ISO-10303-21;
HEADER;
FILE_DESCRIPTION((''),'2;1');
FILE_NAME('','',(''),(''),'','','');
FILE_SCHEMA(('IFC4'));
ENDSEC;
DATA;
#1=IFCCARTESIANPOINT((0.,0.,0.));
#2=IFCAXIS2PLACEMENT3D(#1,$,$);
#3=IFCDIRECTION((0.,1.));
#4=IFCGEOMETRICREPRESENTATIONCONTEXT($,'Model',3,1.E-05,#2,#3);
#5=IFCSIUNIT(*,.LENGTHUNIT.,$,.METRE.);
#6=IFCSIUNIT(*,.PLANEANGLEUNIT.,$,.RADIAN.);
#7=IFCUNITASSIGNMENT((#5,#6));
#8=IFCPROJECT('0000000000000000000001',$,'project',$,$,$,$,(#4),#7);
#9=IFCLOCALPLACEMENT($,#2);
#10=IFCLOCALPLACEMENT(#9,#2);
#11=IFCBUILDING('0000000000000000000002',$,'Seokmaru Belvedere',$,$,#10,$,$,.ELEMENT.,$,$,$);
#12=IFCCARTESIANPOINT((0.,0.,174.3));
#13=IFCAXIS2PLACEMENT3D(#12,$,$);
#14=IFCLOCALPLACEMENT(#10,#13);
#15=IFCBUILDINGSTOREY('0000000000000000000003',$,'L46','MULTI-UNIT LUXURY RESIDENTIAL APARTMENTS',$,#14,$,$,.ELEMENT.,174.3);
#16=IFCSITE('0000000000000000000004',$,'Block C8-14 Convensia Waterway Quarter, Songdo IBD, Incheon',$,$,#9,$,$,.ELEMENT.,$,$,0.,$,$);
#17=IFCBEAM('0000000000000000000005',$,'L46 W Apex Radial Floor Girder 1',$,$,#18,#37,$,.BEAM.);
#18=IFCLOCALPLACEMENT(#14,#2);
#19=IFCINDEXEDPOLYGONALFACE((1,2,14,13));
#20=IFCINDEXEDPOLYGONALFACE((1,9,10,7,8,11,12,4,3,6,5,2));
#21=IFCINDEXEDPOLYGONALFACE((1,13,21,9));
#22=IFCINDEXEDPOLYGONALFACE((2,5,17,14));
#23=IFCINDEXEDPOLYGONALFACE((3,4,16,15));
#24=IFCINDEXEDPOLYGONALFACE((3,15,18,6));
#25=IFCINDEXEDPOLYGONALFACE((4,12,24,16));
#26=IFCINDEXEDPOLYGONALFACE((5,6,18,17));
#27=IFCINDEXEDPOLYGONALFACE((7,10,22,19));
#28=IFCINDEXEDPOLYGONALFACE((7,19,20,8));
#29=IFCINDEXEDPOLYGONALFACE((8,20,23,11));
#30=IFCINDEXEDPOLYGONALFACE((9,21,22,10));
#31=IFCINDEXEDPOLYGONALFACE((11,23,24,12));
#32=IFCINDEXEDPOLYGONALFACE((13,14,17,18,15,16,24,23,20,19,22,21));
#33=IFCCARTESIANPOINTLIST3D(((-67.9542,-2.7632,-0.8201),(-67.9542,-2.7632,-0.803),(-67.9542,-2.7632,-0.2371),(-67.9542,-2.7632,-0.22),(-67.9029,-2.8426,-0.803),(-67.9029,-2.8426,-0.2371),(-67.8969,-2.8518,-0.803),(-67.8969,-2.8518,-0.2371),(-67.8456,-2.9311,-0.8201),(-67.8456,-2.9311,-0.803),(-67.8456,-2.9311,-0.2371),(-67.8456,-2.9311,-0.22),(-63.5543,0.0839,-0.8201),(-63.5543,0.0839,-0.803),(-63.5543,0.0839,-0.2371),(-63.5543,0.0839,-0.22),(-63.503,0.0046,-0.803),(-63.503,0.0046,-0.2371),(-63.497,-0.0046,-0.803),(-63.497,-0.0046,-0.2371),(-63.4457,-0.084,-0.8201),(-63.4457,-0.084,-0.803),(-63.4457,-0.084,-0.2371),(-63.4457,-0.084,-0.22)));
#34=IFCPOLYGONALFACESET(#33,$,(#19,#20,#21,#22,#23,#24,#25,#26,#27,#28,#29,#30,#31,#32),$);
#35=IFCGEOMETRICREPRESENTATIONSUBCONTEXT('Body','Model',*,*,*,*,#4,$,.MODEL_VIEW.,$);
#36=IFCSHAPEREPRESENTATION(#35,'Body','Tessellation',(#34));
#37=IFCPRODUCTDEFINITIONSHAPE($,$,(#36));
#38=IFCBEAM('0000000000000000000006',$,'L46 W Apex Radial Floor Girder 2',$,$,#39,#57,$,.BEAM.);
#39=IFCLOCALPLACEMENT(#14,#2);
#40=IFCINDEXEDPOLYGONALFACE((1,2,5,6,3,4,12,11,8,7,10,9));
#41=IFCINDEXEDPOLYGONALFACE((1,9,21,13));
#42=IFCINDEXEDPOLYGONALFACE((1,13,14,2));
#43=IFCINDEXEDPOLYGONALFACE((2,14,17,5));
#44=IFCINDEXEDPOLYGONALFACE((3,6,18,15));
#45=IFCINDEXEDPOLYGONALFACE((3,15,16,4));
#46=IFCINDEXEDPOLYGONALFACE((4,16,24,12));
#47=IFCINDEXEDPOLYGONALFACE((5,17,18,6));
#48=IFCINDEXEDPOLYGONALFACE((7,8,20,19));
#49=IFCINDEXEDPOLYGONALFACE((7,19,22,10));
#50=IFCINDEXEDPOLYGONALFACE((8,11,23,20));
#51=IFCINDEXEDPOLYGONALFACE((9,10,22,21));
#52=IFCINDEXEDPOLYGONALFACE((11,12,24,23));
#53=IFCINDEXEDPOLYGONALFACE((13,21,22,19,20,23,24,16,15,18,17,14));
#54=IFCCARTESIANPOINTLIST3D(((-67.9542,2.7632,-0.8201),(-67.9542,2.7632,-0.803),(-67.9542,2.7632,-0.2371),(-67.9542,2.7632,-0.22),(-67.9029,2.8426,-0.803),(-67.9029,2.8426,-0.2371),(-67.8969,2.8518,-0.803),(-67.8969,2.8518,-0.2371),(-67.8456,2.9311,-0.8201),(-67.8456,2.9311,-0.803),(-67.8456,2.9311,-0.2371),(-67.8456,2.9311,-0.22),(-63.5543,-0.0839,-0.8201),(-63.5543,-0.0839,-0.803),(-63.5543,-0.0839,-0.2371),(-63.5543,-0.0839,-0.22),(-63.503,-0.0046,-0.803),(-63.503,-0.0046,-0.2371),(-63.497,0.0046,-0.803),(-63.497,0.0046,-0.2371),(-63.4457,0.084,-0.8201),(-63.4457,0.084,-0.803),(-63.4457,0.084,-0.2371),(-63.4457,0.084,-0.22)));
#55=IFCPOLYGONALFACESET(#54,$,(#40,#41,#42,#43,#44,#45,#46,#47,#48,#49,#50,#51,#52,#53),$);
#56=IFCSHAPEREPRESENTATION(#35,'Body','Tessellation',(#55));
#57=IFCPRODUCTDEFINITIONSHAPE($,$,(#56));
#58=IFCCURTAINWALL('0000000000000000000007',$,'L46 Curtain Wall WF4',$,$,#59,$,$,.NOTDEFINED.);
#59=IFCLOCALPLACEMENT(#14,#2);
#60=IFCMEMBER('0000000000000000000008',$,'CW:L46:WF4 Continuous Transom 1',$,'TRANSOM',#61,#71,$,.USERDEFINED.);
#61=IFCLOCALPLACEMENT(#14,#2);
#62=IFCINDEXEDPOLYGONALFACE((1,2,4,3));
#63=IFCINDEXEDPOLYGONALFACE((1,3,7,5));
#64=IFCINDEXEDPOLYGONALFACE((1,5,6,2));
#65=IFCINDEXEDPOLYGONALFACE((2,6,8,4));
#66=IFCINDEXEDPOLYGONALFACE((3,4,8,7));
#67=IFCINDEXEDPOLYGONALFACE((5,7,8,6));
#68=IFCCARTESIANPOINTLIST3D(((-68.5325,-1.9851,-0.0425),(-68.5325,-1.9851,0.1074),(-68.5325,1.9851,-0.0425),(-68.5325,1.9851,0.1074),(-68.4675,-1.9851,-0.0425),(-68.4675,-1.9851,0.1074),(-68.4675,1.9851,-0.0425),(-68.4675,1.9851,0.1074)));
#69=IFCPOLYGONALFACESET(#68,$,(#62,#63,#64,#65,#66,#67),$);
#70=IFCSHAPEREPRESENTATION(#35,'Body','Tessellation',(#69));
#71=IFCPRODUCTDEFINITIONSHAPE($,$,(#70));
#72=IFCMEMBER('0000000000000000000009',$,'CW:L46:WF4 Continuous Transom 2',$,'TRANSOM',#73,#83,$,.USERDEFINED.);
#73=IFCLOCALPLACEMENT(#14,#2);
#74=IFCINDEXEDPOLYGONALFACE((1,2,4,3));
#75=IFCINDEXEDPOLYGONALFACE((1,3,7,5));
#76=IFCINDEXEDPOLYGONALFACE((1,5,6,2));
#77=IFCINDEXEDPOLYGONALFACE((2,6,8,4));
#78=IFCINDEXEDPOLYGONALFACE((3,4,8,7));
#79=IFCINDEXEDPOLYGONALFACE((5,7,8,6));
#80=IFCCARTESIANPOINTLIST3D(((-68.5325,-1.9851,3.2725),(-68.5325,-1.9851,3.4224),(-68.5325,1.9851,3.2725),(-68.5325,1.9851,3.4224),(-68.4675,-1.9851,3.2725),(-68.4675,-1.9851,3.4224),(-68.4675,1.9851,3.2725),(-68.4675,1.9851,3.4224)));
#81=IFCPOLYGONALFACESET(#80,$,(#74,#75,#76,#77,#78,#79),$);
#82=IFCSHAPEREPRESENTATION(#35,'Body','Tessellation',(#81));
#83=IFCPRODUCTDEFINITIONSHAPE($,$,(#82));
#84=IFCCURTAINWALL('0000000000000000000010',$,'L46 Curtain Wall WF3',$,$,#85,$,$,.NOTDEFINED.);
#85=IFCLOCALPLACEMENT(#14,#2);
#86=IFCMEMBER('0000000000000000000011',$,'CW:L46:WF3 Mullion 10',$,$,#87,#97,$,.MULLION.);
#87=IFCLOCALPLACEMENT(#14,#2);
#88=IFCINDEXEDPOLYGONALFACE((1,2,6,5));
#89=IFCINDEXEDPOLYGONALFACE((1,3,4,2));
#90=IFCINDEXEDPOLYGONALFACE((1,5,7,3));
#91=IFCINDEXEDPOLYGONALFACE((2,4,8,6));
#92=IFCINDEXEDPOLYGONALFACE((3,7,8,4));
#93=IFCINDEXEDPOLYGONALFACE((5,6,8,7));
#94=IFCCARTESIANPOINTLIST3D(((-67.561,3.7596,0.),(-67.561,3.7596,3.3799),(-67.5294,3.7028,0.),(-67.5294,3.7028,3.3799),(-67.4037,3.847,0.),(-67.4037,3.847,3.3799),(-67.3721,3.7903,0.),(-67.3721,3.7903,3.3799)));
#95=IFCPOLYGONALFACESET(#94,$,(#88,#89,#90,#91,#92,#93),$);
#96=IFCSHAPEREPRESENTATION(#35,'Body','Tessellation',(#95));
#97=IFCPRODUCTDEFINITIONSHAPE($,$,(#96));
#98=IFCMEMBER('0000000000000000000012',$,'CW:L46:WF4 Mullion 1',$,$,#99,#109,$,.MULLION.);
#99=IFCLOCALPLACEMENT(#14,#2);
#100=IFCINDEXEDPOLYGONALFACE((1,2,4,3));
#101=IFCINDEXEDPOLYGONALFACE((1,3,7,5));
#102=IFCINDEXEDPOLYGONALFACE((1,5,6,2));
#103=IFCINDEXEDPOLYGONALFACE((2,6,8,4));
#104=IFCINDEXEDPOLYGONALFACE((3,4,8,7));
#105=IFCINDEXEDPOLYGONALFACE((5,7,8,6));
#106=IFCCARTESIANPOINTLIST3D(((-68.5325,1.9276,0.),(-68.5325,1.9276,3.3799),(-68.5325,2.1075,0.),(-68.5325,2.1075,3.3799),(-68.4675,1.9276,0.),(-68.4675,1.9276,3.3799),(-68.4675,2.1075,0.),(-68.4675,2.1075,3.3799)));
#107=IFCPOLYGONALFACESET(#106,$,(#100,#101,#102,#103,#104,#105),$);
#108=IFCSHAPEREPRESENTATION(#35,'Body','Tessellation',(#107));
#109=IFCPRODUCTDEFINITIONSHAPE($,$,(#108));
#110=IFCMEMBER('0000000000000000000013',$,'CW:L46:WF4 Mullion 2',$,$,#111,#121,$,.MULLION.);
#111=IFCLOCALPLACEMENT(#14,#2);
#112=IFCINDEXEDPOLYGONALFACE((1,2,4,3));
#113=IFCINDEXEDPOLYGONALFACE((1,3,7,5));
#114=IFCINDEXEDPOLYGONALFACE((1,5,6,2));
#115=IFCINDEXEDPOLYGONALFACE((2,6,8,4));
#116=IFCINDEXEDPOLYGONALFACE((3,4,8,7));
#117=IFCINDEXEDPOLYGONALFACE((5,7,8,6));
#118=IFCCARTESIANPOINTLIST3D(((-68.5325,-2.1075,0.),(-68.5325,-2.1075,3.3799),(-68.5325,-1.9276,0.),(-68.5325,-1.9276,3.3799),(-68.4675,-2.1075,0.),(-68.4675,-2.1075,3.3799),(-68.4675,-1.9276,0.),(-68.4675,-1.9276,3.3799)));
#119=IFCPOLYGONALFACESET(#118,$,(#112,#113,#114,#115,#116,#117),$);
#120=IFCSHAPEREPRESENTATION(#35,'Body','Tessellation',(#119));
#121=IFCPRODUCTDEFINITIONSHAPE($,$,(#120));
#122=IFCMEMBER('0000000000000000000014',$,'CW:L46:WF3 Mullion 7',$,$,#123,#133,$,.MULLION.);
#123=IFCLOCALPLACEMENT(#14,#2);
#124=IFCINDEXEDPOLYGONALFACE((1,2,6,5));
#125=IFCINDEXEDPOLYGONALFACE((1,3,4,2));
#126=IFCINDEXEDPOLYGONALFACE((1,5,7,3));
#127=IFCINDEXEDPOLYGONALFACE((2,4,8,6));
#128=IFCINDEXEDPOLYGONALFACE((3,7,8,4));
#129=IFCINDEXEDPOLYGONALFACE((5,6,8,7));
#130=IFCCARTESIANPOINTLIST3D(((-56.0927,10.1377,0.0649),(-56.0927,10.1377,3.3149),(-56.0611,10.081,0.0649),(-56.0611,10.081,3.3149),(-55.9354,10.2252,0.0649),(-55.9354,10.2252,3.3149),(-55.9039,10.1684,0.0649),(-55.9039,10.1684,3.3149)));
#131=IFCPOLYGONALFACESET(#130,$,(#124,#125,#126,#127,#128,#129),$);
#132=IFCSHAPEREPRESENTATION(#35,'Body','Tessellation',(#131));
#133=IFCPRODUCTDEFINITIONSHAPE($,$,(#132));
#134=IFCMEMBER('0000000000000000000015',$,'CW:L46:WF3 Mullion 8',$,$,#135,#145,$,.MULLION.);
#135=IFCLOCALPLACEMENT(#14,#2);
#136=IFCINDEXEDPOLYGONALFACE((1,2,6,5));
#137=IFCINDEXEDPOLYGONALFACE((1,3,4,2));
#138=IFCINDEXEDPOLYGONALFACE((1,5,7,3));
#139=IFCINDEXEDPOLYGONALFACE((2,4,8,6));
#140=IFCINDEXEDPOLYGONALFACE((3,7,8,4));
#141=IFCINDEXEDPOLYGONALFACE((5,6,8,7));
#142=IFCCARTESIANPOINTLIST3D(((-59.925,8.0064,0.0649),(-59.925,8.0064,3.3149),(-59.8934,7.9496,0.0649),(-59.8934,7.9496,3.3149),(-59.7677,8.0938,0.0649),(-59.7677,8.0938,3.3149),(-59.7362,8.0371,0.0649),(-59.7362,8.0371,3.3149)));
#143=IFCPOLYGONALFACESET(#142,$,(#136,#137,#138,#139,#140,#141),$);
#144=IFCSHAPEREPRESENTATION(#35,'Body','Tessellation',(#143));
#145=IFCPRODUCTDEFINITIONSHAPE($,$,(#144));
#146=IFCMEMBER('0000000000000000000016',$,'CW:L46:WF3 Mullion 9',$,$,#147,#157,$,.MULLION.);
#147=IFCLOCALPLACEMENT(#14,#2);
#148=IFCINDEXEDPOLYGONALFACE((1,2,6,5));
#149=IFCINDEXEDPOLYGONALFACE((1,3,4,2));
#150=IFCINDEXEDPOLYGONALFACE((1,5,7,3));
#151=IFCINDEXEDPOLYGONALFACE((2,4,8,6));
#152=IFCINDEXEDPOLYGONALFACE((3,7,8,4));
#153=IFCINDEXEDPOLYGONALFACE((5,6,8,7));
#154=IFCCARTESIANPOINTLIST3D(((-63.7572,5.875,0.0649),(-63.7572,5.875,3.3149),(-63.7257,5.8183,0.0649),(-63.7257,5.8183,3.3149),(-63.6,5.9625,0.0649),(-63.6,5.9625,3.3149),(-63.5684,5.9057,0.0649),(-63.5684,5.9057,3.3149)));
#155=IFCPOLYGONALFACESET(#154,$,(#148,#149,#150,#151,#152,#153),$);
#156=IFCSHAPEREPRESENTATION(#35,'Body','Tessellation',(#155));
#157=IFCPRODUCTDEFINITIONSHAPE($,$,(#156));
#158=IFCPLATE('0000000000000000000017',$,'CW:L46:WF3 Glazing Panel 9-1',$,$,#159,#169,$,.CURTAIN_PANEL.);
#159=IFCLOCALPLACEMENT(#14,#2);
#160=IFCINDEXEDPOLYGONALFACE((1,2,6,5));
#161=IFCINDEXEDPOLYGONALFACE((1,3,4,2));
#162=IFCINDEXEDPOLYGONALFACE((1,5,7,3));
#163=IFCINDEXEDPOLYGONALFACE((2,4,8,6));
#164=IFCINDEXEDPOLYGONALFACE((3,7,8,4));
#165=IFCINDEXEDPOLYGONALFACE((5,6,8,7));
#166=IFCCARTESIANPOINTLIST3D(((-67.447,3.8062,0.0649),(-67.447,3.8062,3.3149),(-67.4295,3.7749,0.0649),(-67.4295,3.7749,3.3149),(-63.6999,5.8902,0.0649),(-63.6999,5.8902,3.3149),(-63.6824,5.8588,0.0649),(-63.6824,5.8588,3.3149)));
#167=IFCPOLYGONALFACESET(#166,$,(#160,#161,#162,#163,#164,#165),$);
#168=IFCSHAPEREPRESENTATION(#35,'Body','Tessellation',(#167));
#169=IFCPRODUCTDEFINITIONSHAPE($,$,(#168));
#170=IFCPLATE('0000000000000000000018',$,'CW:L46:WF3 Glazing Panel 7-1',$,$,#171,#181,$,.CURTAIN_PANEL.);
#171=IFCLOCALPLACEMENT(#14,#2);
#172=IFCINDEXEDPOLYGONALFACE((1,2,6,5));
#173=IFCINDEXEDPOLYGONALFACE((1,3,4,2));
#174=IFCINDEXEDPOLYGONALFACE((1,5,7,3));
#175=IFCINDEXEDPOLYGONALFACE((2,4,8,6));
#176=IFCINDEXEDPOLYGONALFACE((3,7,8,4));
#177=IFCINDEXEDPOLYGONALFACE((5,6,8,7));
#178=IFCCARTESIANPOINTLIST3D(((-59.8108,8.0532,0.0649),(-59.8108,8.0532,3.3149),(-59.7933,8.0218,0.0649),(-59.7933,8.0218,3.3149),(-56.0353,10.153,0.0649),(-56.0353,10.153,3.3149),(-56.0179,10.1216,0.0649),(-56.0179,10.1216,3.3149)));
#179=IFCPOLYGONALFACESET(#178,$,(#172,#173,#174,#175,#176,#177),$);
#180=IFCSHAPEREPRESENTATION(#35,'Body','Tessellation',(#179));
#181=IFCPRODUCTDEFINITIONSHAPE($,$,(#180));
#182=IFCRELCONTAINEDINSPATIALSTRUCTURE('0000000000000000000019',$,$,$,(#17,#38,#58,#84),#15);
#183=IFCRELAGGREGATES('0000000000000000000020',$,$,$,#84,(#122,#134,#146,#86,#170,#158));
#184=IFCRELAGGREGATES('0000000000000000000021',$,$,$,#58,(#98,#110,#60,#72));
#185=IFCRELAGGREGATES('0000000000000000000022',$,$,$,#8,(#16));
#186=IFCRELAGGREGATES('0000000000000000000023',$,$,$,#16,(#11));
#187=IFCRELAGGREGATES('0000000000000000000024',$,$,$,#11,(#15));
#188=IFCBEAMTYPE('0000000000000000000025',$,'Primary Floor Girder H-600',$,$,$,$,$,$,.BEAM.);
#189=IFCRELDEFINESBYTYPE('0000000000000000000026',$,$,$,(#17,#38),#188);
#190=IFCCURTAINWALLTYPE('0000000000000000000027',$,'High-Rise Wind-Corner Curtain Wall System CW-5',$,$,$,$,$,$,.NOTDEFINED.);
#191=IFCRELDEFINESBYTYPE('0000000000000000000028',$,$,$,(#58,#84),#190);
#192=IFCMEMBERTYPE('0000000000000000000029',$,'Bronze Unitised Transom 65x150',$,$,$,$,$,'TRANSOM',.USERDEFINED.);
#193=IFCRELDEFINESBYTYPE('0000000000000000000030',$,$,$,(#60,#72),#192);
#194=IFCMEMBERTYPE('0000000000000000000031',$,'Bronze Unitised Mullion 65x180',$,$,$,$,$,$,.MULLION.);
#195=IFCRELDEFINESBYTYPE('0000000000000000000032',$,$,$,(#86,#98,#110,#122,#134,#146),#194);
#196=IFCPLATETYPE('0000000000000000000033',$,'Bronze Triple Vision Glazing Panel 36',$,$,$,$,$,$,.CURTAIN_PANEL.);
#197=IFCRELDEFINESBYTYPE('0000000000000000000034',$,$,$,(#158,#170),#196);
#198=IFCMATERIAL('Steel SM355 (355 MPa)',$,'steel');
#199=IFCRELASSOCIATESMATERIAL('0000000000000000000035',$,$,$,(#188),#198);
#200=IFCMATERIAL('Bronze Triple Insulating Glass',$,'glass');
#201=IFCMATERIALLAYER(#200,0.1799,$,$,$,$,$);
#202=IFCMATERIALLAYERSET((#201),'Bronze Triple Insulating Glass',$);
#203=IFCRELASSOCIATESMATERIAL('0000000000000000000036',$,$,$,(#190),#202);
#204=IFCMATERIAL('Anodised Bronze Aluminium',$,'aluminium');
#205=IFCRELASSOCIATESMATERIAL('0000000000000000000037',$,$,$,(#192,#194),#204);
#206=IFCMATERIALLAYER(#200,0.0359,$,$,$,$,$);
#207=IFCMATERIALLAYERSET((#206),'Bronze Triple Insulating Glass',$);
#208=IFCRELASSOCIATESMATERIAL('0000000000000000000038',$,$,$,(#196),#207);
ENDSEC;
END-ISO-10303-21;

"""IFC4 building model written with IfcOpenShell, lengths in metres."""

from ifc_helpers import new_model, si_unit, direction, frame, origin, origin_2d, place, context, subcontext, project, spatial, rectangle, i_section, extrude, source, transform, mapped, material, layer, layer_set, material_profile, profile_set, type_object, type_shapes, element, aggregate, save


model = new_model("IFC4")

# Units and contexts
model_context = context("Model", 3, precision=1e-05, world=origin(), true_north=direction((0.0, 1.0)))
body_context = subcontext(model_context, "Body", "Model", "MODEL_VIEW")
ifc_project = project(units=[si_unit("LENGTHUNIT", "METRE"), si_unit("PLANEANGLEUNIT", "RADIAN")], contexts=[model_context])

# Site, building, storey
site_placement = place(None, origin())
site = spatial("IfcSite", under=ifc_project, at=site_placement, Name="Block C8-14 Convensia Waterway Quarter, Songdo IBD, Incheon", CompositionType="ELEMENT", RefElevation=0.0)
building_placement = place(site_placement, origin())
building = spatial("IfcBuilding", under=site, at=building_placement, Name="Seokmaru Belvedere", CompositionType="ELEMENT")
storey_placement = place(building_placement, frame((0.0, 0.0, 174.3)))
storey = spatial("IfcBuildingStorey", under=building, at=storey_placement, Name="L46", Description="MULTI-UNIT LUXURY RESIDENTIAL APARTMENTS", CompositionType="ELEMENT", Elevation=174.3)

# Shared definitions
ifc_material_1 = material(Name="Steel SM355 (355 MPa)", Category="steel")

# Beams
ifc_material_profile_1 = material_profile(ifc_material_1, i_section(OverallWidth=0.2, OverallDepth=0.6001, WebThickness=0.011, FlangeThickness=0.0171, at=origin_2d()), Name="H-600x200x11x17")
ifc_profile_set_1 = profile_set([ifc_material_profile_1], Name="Steel SM355 (355 MPa)")
beam_type_1 = type_object("IfcBeamType", Name="Primary Floor Girder H-600", PredefinedType="BEAM", material=ifc_profile_set_1)
shared_shape_1 = source(origin(), body_context, "Body", "SweptSolid", [
    extrude(i_section(OverallWidth=0.2, OverallDepth=0.6001, WebThickness=0.011, FlangeThickness=0.0171, at=origin_2d()), origin(), (0.0, 0.0, 1.0), 5.2407),
])
for number, where, z_axis, x_axis, name in (
    (1, (-67.8999, -2.8472, -0.52), (0.839555, 0.543274, 0.0), (-0.543274, 0.839555, 0.0), "L46 W Apex Radial Floor Girder 1"),
    (2, (-67.8999, 2.8472, -0.52), (0.839555, -0.543274, 0.0), (0.543274, 0.839555, 0.0), "L46 W Apex Radial Floor Girder 2"),
):
    element("IfcBeam", number, at=place(storey_placement, frame(where, z_axis=z_axis, x_axis=x_axis)), inside=storey, type_object=beam_type_1, Name=name, PredefinedType="BEAM", context=body_context, shape_type="MappedRepresentation", body=[
        mapped(shared_shape_1, transform((0.0, 0.0, 0.0), scale=1.0)),
    ])

# Curtain wall, members
ifc_material_2 = material(Name="Bronze Triple Insulating Glass", Category="glass")
ifc_layer_1 = layer(ifc_material_2, 0.1799)
ifc_layer_set_1 = layer_set([ifc_layer_1], Name="Bronze Triple Insulating Glass")
curtain_wall_type = type_object("IfcCurtainWallType", Name="High-Rise Wind-Corner Curtain Wall System CW-5", PredefinedType="NOTDEFINED", material=ifc_layer_set_1)
curtain_wall_1_placement = place(storey_placement, origin())
curtain_wall_1 = element("IfcCurtainWall", 3, at=curtain_wall_1_placement, inside=storey, type_object=curtain_wall_type, Name="L46 Curtain Wall WF4", PredefinedType="NOTDEFINED")
ifc_material_3 = material(Name="Anodised Bronze Aluminium", Category="aluminium")
ifc_material_profile_2 = material_profile(ifc_material_3, rectangle(XDim=0.0649, YDim=0.1499, at=origin_2d()), Name="CW-T-65x150")
ifc_profile_set_2 = profile_set([ifc_material_profile_2], Name="Anodised Bronze Aluminium")
member_type_1 = type_object("IfcMemberType", Name="Bronze Unitised Transom 65x150", ElementType="TRANSOM", PredefinedType="USERDEFINED", material=ifc_profile_set_2)
shared_shape_2 = source(origin(), body_context, "Body", "SweptSolid", [
    extrude(rectangle(XDim=0.0649, YDim=0.1499, at=origin_2d()), origin(), (0.0, 0.0, 1.0), 3.9702),
])
type_shapes(member_type_1, [shared_shape_2])
member_1_placement = place(storey_placement, frame((-68.5, 1.9851, 0.0325), z_axis=(0.0, -1.0, 0.0), x_axis=(1.0, 0.0, 0.0)))
member_1 = element("IfcMember", 4, at=member_1_placement, type_object=member_type_1, Name="CW:L46:WF4 Continuous Transom 1", ObjectType="TRANSOM", PredefinedType="USERDEFINED", context=body_context, shape_type="MappedRepresentation", body=[
    mapped(shared_shape_2, transform((0.0, 0.0, 0.0), scale=1.0)),
])
member_2_placement = place(storey_placement, frame((-68.5, 1.9851, 3.3474), z_axis=(0.0, -1.0, 0.0), x_axis=(1.0, 0.0, 0.0)))
member_2 = element("IfcMember", 5, at=member_2_placement, type_object=member_type_1, Name="CW:L46:WF4 Continuous Transom 2", ObjectType="TRANSOM", PredefinedType="USERDEFINED", context=body_context, shape_type="MappedRepresentation", body=[
    mapped(shared_shape_2, transform((0.0, 0.0, 0.0), scale=1.0)),
])

# Curtain wall, member
curtain_wall_2_placement = place(storey_placement, origin())
curtain_wall_2 = element("IfcCurtainWall", 6, at=curtain_wall_2_placement, inside=storey, type_object=curtain_wall_type, Name="L46 Curtain Wall WF3", PredefinedType="NOTDEFINED")
ifc_material_profile_3 = material_profile(ifc_material_3, rectangle(XDim=0.0649, YDim=0.1799, at=origin_2d()), Name="CW-M-65x180")
ifc_profile_set_3 = profile_set([ifc_material_profile_3], Name="Anodised Bronze Aluminium")
member_type_2 = type_object("IfcMemberType", Name="Bronze Unitised Mullion 65x180", PredefinedType="MULLION", material=ifc_profile_set_3)
shared_shape_3 = source(origin(), body_context, "Body", "SweptSolid", [
    extrude(rectangle(XDim=0.0649, YDim=0.1799, at=origin_2d()), origin(), (0.0, 0.0, 1.0), 3.3799),
])
member_3_placement = place(storey_placement, frame((-67.4666, 3.7749, 0.0), z_axis=(0.0, 0.0, 1.0), x_axis=(0.486047, -0.873933, 0.0)))
member_3 = element("IfcMember", 7, at=member_3_placement, type_object=member_type_2, Name="CW:L46:WF3 Mullion 10", PredefinedType="MULLION", context=body_context, shape_type="MappedRepresentation", body=[
    mapped(shared_shape_3, transform((0.0, 0.0, 0.0), scale=1.0)),
])

# Members
member_4_placement = place(storey_placement, frame((-68.5, 2.0176, 0.0), z_axis=(0.0, 0.0, 1.0), x_axis=(1.0, 0.0, 0.0)))
member_4 = element("IfcMember", 8, at=member_4_placement, type_object=member_type_2, Name="CW:L46:WF4 Mullion 1", PredefinedType="MULLION", context=body_context, shape_type="MappedRepresentation", body=[
    mapped(shared_shape_3, transform((0.0, 0.0, 0.0), scale=1.0)),
])
member_5_placement = place(storey_placement, frame((-68.5, -2.0176, 0.0), z_axis=(0.0, 0.0, 1.0), x_axis=(1.0, 0.0, 0.0)))
member_5 = element("IfcMember", 9, at=member_5_placement, type_object=member_type_2, Name="CW:L46:WF4 Mullion 2", PredefinedType="MULLION", context=body_context, shape_type="MappedRepresentation", body=[
    mapped(shared_shape_3, transform((0.0, 0.0, 0.0), scale=1.0)),
])
shared_shape_4 = source(origin(), body_context, "Body", "SweptSolid", [
    extrude(rectangle(XDim=0.0649, YDim=0.1799, at=origin_2d()), origin(), (0.0, 0.0, 1.0), 3.25),
])
type_shapes(member_type_2, [shared_shape_3, shared_shape_4])
member_6_placement = place(storey_placement, frame((-55.9983, 10.1531, 0.0649), z_axis=(0.0, 0.0, 1.0), x_axis=(0.486047, -0.873933, 0.0)))
member_6 = element("IfcMember", 10, at=member_6_placement, type_object=member_type_2, Name="CW:L46:WF3 Mullion 7", PredefinedType="MULLION", context=body_context, shape_type="MappedRepresentation", body=[
    mapped(shared_shape_4, transform((0.0, 0.0, 0.0), scale=1.0)),
])
member_7_placement = place(storey_placement, frame((-59.8306, 8.0217, 0.0649), z_axis=(0.0, 0.0, 1.0), x_axis=(0.486047, -0.873933, 0.0)))
member_7 = element("IfcMember", 11, at=member_7_placement, type_object=member_type_2, Name="CW:L46:WF3 Mullion 8", PredefinedType="MULLION", context=body_context, shape_type="MappedRepresentation", body=[
    mapped(shared_shape_4, transform((0.0, 0.0, 0.0), scale=1.0)),
])
member_8_placement = place(storey_placement, frame((-63.6628, 5.8904, 0.0649), z_axis=(0.0, 0.0, 1.0), x_axis=(0.486047, -0.873933, 0.0)))
member_8 = element("IfcMember", 12, at=member_8_placement, type_object=member_type_2, Name="CW:L46:WF3 Mullion 9", PredefinedType="MULLION", context=body_context, shape_type="MappedRepresentation", body=[
    mapped(shared_shape_4, transform((0.0, 0.0, 0.0), scale=1.0)),
])

# Plates
ifc_layer_2 = layer(ifc_material_2, 0.0359)
ifc_layer_set_2 = layer_set([ifc_layer_2], Name="Bronze Triple Insulating Glass")
plate_type = type_object("IfcPlateType", Name="Bronze Triple Vision Glazing Panel 36", PredefinedType="CURTAIN_PANEL", material=ifc_layer_set_2)
shared_shape_5 = source(origin(), body_context, "Body", "SweptSolid", [
    extrude(rectangle(XDim=4.2876, YDim=0.0359, at=origin_2d()), origin(), (0.0, 0.0, 1.0), 3.25),
])
plate_1_placement = place(storey_placement, frame((-65.5647, 4.8325, 0.0649), z_axis=(0.0, 0.0, 1.0), x_axis=(-0.873933, -0.486047, 0.0)))
plate_1 = element("IfcPlate", 13, at=plate_1_placement, type_object=plate_type, Name="CW:L46:WF3 Glazing Panel 9-1", PredefinedType="CURTAIN_PANEL", context=body_context, shape_type="MappedRepresentation", body=[
    mapped(shared_shape_5, transform((0.0, 0.0, 0.0), scale=1.0)),
])
shared_shape_6 = source(origin(), body_context, "Body", "SweptSolid", [
    extrude(rectangle(XDim=4.3201, YDim=0.0359, at=origin_2d()), origin(), (0.0, 0.0, 1.0), 3.25),
])
plate_2_placement = place(storey_placement, frame((-57.9143, 9.0874, 0.0649), z_axis=(0.0, 0.0, 1.0), x_axis=(-0.873933, -0.486047, 0.0)))
plate_2 = element("IfcPlate", 14, at=plate_2_placement, type_object=plate_type, Name="CW:L46:WF3 Glazing Panel 7-1", PredefinedType="CURTAIN_PANEL", context=body_context, shape_type="MappedRepresentation", body=[
    mapped(shared_shape_6, transform((0.0, 0.0, 0.0), scale=1.0)),
])
aggregate(curtain_wall_2, [member_6, member_7, member_8, member_3, plate_2, plate_1])
aggregate(curtain_wall_1, [member_4, member_5, member_1, member_2])

save(model, "model.ifc")
